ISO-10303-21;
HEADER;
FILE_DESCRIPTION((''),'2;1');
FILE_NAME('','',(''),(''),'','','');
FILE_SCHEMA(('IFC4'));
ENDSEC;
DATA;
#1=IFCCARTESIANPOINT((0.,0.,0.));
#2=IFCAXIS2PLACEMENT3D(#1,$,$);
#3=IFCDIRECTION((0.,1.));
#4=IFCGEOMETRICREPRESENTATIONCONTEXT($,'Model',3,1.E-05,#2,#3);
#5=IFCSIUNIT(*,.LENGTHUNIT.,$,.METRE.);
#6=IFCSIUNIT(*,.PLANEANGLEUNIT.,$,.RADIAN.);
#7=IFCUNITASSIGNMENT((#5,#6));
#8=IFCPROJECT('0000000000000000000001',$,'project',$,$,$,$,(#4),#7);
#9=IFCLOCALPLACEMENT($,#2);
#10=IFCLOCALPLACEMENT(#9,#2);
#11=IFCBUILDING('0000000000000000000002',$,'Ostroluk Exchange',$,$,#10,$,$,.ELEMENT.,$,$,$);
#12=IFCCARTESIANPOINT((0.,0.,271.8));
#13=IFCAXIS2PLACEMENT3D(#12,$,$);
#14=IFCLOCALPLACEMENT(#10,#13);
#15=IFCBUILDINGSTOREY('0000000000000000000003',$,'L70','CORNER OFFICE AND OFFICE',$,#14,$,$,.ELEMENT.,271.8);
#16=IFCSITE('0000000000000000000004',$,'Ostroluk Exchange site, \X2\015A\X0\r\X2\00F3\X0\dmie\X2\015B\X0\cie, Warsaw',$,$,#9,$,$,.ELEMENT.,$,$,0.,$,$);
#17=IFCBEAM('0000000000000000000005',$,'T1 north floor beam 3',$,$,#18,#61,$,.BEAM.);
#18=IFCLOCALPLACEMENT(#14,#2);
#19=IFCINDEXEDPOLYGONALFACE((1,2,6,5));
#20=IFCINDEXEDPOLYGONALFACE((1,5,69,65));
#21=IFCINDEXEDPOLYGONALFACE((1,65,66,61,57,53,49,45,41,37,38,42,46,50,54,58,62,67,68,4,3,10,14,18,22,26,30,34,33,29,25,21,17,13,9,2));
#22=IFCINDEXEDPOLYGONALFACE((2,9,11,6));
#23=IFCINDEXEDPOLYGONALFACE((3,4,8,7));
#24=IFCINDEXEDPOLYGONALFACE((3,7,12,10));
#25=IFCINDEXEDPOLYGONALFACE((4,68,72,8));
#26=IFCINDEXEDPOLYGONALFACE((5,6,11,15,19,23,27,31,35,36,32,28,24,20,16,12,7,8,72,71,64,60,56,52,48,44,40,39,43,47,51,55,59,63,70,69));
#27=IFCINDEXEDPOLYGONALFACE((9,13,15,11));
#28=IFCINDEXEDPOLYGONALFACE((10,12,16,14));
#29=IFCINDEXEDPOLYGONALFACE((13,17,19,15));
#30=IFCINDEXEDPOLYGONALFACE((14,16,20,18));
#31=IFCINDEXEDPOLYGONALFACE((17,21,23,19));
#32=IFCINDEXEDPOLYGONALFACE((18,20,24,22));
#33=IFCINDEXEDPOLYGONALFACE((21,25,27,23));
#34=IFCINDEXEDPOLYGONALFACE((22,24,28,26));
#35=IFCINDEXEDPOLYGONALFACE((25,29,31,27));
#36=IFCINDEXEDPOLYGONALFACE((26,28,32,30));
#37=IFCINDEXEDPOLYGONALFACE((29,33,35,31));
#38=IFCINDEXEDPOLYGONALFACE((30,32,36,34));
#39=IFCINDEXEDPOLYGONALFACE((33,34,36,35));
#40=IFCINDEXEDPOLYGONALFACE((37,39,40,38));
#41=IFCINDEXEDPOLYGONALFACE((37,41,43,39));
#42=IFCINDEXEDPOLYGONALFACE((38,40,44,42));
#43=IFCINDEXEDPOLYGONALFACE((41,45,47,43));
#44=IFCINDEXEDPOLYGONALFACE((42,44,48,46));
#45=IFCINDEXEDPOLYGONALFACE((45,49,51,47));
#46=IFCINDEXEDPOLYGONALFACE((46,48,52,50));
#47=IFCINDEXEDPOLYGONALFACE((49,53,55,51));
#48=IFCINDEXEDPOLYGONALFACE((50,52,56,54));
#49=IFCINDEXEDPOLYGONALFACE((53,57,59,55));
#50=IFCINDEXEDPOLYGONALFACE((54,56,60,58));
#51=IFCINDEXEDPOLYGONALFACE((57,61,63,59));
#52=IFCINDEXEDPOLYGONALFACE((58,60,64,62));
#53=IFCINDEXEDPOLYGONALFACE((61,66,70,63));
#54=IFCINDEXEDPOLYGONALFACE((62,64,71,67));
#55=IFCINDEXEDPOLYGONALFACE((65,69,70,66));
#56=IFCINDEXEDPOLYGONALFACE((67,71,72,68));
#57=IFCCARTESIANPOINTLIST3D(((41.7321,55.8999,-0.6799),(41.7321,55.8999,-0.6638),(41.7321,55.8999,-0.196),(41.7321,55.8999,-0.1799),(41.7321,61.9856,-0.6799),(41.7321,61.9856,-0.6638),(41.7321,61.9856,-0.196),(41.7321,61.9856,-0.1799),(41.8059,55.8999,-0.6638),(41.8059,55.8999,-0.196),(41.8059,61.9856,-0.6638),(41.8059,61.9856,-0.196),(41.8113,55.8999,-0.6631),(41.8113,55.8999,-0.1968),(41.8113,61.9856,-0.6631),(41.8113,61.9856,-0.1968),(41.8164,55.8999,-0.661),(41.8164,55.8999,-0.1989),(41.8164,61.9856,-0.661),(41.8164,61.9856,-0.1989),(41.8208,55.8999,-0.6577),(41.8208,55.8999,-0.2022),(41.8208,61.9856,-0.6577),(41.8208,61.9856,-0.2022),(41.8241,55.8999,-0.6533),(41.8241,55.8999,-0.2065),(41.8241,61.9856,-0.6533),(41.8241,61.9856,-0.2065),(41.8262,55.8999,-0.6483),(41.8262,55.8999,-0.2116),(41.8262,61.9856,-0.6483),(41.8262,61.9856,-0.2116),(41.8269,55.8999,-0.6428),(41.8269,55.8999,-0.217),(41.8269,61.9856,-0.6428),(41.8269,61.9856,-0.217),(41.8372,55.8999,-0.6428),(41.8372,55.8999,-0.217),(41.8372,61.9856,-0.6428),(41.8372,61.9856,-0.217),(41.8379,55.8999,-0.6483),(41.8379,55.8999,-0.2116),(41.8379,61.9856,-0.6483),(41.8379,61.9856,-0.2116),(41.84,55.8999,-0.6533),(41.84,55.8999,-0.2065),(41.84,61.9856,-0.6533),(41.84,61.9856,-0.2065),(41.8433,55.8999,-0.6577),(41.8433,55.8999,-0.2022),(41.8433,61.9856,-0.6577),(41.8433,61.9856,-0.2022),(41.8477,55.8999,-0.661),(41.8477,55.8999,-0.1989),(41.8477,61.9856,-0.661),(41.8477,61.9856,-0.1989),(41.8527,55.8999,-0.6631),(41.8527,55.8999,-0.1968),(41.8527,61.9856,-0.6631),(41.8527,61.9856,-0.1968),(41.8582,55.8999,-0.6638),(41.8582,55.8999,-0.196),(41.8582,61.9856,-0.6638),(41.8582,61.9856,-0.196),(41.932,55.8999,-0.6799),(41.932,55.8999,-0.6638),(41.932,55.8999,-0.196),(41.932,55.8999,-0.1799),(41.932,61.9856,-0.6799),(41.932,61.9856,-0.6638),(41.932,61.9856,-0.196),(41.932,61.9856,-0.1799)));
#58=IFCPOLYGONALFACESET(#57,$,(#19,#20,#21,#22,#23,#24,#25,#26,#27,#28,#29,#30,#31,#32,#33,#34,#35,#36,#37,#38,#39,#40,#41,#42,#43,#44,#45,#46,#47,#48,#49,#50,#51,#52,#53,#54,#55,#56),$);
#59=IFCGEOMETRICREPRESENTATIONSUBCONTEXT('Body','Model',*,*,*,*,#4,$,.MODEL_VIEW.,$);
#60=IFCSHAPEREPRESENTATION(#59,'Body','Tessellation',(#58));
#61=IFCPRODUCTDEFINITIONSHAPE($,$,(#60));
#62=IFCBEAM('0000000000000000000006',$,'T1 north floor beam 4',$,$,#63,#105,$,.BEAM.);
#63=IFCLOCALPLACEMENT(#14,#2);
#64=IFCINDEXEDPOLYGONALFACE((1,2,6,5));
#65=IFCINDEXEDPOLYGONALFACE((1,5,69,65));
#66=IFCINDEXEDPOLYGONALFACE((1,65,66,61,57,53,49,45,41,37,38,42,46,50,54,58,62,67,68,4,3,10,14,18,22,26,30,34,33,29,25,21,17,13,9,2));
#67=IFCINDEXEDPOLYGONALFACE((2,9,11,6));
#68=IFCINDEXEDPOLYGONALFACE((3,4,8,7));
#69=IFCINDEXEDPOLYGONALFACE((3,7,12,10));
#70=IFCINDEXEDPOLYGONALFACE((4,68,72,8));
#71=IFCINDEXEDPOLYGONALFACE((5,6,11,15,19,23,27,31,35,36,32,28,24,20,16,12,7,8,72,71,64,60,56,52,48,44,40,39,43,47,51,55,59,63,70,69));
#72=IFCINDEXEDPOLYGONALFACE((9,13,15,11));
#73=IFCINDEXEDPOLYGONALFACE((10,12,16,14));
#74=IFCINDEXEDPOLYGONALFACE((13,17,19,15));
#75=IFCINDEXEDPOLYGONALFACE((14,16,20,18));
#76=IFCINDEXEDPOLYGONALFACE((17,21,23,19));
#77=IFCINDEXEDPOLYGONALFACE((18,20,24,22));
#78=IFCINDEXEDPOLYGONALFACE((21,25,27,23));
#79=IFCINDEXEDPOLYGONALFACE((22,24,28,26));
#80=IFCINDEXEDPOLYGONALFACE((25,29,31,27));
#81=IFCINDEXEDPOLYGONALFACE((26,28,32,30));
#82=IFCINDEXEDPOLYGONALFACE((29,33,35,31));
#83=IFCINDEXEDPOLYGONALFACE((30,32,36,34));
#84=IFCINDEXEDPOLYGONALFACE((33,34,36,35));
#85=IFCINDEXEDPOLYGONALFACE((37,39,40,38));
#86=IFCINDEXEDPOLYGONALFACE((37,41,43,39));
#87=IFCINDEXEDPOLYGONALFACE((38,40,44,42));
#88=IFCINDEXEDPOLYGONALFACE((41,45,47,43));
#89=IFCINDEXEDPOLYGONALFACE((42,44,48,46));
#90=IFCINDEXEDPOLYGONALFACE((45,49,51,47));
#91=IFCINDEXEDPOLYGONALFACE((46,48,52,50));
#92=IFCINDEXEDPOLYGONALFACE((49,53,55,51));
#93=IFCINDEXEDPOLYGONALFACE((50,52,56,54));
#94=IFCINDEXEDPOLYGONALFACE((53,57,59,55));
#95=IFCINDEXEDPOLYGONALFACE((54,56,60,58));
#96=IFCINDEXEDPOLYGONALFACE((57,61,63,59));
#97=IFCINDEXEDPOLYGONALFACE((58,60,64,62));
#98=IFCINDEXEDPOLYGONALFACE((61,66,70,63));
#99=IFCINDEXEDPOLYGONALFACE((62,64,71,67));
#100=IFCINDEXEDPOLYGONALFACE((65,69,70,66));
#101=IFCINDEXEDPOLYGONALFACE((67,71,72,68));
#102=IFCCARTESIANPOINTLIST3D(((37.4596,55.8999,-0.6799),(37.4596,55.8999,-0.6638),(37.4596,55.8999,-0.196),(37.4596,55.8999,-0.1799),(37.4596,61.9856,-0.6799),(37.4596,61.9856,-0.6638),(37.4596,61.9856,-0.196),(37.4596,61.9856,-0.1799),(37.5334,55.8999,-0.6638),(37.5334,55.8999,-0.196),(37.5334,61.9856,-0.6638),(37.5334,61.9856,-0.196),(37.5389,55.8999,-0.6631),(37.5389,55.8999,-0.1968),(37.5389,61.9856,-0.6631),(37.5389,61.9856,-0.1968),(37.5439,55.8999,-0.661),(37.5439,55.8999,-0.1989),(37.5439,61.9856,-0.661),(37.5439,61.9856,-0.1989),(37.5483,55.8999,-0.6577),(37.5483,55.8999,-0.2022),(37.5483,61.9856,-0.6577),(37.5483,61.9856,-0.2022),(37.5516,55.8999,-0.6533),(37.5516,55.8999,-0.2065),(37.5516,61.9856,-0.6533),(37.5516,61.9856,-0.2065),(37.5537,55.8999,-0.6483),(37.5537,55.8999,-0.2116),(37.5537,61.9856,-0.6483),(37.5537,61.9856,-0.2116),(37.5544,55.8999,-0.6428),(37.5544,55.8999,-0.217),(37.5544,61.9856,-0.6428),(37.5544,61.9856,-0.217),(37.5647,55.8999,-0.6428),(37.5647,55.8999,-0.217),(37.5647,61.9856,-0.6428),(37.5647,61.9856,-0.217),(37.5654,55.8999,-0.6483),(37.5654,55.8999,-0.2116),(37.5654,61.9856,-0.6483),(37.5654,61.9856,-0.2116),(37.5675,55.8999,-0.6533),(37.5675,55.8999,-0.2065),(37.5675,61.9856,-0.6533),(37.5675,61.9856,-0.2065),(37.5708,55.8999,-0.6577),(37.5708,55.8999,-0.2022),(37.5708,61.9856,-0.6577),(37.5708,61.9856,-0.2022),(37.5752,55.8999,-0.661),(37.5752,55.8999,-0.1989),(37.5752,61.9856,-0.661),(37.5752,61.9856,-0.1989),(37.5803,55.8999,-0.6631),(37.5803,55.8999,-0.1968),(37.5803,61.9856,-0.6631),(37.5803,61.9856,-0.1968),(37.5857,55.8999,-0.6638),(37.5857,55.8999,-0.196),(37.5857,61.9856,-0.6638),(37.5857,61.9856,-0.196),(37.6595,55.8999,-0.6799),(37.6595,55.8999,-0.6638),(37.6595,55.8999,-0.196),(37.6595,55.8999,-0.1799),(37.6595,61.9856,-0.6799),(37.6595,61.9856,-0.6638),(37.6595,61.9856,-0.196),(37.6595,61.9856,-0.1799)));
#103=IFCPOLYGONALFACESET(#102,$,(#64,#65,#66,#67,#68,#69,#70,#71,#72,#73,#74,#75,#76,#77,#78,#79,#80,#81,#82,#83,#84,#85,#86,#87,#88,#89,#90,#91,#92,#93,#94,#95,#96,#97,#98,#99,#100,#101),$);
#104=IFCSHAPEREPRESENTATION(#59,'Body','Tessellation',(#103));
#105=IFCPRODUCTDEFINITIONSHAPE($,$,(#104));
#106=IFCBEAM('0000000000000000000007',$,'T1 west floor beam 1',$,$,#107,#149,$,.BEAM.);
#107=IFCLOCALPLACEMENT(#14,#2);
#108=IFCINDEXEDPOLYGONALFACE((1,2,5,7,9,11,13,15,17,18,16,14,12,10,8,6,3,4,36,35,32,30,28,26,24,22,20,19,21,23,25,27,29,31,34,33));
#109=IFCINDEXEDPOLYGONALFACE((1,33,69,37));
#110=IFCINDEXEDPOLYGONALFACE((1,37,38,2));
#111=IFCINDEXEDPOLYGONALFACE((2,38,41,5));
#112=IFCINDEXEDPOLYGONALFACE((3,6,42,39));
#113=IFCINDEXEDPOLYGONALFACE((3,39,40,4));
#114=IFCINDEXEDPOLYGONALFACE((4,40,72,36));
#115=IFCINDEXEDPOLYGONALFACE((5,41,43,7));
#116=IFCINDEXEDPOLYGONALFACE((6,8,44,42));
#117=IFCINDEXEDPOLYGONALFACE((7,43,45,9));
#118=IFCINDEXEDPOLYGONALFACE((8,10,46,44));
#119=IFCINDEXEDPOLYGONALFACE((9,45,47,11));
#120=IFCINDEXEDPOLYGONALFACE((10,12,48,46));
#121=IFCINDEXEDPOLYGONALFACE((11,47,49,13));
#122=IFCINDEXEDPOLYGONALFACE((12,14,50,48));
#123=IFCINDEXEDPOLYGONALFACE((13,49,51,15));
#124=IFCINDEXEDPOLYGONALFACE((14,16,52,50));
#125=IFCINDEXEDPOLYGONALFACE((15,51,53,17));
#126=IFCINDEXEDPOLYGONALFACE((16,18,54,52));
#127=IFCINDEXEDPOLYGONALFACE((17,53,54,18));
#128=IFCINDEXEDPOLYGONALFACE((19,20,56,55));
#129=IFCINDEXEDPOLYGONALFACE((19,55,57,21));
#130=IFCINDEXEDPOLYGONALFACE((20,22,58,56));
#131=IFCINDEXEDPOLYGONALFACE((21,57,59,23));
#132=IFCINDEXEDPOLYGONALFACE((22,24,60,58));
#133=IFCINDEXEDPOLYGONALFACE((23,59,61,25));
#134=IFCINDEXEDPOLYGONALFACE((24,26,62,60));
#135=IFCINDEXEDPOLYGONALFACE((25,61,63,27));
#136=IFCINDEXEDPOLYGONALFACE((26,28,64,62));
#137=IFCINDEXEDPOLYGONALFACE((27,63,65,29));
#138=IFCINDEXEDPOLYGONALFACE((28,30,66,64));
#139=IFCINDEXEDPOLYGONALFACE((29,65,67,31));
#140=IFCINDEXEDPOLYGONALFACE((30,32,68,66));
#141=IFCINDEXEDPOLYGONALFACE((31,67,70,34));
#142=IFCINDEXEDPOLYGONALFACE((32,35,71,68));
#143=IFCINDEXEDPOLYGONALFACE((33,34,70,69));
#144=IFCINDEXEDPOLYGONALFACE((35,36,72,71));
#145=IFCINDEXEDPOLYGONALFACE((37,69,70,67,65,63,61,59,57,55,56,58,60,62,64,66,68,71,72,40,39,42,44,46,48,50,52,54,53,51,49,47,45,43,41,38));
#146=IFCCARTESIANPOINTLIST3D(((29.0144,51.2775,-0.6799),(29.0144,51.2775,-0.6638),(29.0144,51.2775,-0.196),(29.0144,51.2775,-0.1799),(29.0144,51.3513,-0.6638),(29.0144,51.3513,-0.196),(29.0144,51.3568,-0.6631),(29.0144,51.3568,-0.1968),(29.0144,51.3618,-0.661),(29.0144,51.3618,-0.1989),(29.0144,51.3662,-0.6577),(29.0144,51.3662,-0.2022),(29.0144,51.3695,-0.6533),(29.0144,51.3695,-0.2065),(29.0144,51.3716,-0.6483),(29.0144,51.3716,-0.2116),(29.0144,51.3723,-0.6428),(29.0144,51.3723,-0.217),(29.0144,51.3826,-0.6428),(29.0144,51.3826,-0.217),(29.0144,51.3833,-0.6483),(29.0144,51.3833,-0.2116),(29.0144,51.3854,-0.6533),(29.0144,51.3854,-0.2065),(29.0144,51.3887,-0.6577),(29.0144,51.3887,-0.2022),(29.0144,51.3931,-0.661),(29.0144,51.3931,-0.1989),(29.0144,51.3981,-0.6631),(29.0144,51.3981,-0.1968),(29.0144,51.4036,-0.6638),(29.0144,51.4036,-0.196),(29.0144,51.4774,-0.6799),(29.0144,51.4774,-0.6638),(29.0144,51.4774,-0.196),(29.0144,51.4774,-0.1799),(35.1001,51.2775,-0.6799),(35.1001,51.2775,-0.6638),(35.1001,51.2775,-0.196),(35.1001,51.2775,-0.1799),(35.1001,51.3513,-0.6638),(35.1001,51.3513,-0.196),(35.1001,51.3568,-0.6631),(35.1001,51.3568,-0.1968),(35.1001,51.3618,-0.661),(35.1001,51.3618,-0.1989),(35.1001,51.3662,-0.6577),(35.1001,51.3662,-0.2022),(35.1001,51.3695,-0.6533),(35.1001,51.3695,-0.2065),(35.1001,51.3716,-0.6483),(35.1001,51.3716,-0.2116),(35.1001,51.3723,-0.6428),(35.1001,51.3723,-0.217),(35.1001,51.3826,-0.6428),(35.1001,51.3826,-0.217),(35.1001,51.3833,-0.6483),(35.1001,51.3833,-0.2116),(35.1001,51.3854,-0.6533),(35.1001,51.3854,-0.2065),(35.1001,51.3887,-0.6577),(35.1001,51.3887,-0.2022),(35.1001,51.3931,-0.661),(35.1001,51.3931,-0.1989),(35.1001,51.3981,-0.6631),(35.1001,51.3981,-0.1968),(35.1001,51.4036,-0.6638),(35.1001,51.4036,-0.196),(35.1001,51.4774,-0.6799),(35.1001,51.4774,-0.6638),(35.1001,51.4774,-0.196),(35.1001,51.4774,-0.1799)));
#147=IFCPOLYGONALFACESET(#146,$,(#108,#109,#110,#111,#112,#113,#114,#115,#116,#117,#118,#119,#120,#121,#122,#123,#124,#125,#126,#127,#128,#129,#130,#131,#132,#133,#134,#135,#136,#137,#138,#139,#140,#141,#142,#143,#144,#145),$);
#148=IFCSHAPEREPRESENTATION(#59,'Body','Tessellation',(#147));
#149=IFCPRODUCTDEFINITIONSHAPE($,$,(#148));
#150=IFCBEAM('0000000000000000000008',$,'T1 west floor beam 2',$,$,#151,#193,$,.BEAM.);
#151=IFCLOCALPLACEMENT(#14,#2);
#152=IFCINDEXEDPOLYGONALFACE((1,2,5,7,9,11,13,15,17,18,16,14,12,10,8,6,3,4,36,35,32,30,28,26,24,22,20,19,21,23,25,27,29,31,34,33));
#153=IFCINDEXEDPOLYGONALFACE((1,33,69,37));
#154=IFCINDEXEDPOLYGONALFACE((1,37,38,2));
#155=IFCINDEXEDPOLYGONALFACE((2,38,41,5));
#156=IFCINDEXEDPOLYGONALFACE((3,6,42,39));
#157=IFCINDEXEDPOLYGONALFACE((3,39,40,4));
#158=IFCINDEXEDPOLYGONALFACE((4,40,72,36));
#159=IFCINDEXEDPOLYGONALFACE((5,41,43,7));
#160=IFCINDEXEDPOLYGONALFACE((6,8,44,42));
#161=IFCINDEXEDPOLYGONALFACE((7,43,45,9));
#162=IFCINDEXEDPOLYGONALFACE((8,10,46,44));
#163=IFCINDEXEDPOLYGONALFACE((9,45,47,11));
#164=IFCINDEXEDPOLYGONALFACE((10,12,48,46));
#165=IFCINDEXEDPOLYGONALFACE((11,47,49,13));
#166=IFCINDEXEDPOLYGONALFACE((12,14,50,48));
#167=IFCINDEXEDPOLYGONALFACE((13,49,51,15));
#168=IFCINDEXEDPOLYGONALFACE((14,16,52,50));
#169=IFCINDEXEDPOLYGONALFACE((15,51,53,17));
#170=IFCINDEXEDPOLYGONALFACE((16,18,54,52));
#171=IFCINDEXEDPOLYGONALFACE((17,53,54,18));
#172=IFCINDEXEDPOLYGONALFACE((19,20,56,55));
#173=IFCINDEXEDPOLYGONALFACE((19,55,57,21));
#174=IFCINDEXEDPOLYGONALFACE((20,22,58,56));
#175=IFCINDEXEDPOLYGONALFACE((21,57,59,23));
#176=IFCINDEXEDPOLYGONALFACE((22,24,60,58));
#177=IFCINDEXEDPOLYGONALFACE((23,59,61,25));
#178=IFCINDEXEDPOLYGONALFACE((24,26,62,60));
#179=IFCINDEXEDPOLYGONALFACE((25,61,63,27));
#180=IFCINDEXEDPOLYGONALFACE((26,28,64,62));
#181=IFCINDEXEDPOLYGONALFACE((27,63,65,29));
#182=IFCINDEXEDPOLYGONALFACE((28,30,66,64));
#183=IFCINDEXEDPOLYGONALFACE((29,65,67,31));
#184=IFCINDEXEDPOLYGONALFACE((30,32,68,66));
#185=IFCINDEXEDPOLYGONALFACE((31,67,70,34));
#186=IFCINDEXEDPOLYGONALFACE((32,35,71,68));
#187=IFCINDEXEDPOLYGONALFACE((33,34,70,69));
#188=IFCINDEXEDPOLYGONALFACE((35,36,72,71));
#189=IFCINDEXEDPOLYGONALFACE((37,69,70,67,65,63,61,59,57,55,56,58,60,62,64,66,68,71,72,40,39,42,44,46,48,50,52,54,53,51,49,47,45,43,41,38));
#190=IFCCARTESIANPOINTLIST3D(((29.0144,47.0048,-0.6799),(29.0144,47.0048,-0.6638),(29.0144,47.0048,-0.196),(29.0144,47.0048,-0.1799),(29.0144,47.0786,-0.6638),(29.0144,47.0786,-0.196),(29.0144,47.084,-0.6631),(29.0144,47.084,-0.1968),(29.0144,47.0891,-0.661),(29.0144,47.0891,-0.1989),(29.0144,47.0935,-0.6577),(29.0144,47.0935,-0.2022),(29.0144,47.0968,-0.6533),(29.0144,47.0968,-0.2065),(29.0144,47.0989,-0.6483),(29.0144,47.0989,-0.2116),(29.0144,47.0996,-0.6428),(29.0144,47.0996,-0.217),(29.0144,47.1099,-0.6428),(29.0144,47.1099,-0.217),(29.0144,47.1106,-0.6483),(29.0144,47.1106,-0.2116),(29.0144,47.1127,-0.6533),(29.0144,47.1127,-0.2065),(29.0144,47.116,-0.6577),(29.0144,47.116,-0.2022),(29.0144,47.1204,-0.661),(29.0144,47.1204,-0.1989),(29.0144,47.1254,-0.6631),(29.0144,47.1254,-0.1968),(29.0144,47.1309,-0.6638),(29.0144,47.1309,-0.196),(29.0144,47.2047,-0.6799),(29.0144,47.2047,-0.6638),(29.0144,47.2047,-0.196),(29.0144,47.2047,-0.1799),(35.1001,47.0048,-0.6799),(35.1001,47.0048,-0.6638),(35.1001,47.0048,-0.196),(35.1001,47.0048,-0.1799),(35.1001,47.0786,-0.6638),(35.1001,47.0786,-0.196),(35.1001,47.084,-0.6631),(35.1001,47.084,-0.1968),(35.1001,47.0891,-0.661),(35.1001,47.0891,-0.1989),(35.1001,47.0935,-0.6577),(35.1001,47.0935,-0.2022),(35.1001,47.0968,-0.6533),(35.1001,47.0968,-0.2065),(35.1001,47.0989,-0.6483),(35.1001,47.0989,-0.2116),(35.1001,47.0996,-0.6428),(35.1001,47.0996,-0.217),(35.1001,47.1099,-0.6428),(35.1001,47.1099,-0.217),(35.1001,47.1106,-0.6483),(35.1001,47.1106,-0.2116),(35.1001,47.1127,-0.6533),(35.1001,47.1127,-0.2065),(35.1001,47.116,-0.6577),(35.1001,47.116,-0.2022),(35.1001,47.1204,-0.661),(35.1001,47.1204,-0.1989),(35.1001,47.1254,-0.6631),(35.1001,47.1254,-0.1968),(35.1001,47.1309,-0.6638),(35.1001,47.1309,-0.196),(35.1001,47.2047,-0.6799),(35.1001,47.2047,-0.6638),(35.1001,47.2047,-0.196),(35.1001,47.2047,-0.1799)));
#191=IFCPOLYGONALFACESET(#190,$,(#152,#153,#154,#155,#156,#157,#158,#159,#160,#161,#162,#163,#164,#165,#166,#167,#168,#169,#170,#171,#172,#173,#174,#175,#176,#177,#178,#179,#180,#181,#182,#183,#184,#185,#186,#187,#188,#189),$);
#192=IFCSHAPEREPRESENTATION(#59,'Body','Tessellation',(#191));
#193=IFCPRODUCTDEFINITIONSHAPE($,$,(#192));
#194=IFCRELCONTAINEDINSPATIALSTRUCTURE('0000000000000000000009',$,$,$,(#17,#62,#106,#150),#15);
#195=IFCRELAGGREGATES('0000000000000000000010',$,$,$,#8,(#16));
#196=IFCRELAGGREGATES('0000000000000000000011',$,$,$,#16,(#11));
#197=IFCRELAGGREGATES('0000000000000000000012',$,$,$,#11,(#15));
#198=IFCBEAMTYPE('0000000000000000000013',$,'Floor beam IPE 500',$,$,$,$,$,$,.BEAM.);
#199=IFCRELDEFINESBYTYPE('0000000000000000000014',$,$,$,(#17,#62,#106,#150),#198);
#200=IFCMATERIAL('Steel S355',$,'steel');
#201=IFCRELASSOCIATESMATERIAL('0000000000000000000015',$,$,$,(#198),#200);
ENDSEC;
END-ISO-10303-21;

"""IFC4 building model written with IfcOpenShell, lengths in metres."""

from ifc_helpers import new_model, si_unit, direction, frame, origin, origin_2d, place, context, subcontext, project, spatial, i_section, extrude, material, material_profile, profile_set, type_object, element, save


model = new_model("IFC4")

# Units and contexts
model_context = context("Model", 3, precision=1e-05, world=origin(), true_north=direction((0.0, 1.0)))
body_context = subcontext(model_context, "Body", "Model", "MODEL_VIEW")
ifc_project = project(units=[si_unit("LENGTHUNIT", "METRE"), si_unit("PLANEANGLEUNIT", "RADIAN")], contexts=[model_context])

# Site, building, storey
site_placement = place(None, origin())
site = spatial("IfcSite", under=ifc_project, at=site_placement, Name="Ostroluk Exchange site, Śródmieście, Warsaw", CompositionType="ELEMENT", RefElevation=0.0)
building_placement = place(site_placement, origin())
building = spatial("IfcBuilding", under=site, at=building_placement, Name="Ostroluk Exchange", CompositionType="ELEMENT")
storey_placement = place(building_placement, frame((0.0, 0.0, 271.8)))
storey = spatial("IfcBuildingStorey", under=building, at=storey_placement, Name="L70", Description="CORNER OFFICE AND OFFICE", CompositionType="ELEMENT", Elevation=271.8)

# Beams
ifc_material_1 = material(Name="Steel S355", Category="steel")
ifc_material_profile_1 = material_profile(ifc_material_1, i_section(OverallWidth=0.2, OverallDepth=0.5, WebThickness=0.0103, FlangeThickness=0.0161, FilletRadius=0.021, at=origin_2d()), Name="IPE 500")
ifc_profile_set_1 = profile_set([ifc_material_profile_1], Name="Steel S355")
beam_type_1 = type_object("IfcBeamType", Name="Floor beam IPE 500", PredefinedType="BEAM", material=ifc_profile_set_1)
for number, where, z_axis, x_axis, name in (
    (1, (41.832, 55.8999, -0.4299), (0.0, 1.0, 0.0), (-1.0, 0.0, 0.0), "T1 north floor beam 3"),
    (2, (37.5596, 55.8999, -0.4299), (0.0, 1.0, 0.0), (-1.0, 0.0, 0.0), "T1 north floor beam 4"),
    (3, (35.1001, 51.3774, -0.4299), (-1.0, 0.0, 0.0), (0.0, -1.0, 0.0), "T1 west floor beam 1"),
    (4, (35.1001, 47.1047, -0.4299), (-1.0, 0.0, 0.0), (0.0, -1.0, 0.0), "T1 west floor beam 2"),
):
    element("IfcBeam", number, at=place(storey_placement, frame(where, z_axis=z_axis, x_axis=x_axis)), inside=storey, type_object=beam_type_1, Name=name, PredefinedType="BEAM", context=body_context, shape_type="SweptSolid", body=[
        extrude(i_section(OverallWidth=0.2, OverallDepth=0.5, WebThickness=0.0103, FlangeThickness=0.0161, FilletRadius=0.021, at=origin_2d()), origin(), (0.0, 0.0, 1.0), 6.0857),
    ])

save(model, "model.ifc")
